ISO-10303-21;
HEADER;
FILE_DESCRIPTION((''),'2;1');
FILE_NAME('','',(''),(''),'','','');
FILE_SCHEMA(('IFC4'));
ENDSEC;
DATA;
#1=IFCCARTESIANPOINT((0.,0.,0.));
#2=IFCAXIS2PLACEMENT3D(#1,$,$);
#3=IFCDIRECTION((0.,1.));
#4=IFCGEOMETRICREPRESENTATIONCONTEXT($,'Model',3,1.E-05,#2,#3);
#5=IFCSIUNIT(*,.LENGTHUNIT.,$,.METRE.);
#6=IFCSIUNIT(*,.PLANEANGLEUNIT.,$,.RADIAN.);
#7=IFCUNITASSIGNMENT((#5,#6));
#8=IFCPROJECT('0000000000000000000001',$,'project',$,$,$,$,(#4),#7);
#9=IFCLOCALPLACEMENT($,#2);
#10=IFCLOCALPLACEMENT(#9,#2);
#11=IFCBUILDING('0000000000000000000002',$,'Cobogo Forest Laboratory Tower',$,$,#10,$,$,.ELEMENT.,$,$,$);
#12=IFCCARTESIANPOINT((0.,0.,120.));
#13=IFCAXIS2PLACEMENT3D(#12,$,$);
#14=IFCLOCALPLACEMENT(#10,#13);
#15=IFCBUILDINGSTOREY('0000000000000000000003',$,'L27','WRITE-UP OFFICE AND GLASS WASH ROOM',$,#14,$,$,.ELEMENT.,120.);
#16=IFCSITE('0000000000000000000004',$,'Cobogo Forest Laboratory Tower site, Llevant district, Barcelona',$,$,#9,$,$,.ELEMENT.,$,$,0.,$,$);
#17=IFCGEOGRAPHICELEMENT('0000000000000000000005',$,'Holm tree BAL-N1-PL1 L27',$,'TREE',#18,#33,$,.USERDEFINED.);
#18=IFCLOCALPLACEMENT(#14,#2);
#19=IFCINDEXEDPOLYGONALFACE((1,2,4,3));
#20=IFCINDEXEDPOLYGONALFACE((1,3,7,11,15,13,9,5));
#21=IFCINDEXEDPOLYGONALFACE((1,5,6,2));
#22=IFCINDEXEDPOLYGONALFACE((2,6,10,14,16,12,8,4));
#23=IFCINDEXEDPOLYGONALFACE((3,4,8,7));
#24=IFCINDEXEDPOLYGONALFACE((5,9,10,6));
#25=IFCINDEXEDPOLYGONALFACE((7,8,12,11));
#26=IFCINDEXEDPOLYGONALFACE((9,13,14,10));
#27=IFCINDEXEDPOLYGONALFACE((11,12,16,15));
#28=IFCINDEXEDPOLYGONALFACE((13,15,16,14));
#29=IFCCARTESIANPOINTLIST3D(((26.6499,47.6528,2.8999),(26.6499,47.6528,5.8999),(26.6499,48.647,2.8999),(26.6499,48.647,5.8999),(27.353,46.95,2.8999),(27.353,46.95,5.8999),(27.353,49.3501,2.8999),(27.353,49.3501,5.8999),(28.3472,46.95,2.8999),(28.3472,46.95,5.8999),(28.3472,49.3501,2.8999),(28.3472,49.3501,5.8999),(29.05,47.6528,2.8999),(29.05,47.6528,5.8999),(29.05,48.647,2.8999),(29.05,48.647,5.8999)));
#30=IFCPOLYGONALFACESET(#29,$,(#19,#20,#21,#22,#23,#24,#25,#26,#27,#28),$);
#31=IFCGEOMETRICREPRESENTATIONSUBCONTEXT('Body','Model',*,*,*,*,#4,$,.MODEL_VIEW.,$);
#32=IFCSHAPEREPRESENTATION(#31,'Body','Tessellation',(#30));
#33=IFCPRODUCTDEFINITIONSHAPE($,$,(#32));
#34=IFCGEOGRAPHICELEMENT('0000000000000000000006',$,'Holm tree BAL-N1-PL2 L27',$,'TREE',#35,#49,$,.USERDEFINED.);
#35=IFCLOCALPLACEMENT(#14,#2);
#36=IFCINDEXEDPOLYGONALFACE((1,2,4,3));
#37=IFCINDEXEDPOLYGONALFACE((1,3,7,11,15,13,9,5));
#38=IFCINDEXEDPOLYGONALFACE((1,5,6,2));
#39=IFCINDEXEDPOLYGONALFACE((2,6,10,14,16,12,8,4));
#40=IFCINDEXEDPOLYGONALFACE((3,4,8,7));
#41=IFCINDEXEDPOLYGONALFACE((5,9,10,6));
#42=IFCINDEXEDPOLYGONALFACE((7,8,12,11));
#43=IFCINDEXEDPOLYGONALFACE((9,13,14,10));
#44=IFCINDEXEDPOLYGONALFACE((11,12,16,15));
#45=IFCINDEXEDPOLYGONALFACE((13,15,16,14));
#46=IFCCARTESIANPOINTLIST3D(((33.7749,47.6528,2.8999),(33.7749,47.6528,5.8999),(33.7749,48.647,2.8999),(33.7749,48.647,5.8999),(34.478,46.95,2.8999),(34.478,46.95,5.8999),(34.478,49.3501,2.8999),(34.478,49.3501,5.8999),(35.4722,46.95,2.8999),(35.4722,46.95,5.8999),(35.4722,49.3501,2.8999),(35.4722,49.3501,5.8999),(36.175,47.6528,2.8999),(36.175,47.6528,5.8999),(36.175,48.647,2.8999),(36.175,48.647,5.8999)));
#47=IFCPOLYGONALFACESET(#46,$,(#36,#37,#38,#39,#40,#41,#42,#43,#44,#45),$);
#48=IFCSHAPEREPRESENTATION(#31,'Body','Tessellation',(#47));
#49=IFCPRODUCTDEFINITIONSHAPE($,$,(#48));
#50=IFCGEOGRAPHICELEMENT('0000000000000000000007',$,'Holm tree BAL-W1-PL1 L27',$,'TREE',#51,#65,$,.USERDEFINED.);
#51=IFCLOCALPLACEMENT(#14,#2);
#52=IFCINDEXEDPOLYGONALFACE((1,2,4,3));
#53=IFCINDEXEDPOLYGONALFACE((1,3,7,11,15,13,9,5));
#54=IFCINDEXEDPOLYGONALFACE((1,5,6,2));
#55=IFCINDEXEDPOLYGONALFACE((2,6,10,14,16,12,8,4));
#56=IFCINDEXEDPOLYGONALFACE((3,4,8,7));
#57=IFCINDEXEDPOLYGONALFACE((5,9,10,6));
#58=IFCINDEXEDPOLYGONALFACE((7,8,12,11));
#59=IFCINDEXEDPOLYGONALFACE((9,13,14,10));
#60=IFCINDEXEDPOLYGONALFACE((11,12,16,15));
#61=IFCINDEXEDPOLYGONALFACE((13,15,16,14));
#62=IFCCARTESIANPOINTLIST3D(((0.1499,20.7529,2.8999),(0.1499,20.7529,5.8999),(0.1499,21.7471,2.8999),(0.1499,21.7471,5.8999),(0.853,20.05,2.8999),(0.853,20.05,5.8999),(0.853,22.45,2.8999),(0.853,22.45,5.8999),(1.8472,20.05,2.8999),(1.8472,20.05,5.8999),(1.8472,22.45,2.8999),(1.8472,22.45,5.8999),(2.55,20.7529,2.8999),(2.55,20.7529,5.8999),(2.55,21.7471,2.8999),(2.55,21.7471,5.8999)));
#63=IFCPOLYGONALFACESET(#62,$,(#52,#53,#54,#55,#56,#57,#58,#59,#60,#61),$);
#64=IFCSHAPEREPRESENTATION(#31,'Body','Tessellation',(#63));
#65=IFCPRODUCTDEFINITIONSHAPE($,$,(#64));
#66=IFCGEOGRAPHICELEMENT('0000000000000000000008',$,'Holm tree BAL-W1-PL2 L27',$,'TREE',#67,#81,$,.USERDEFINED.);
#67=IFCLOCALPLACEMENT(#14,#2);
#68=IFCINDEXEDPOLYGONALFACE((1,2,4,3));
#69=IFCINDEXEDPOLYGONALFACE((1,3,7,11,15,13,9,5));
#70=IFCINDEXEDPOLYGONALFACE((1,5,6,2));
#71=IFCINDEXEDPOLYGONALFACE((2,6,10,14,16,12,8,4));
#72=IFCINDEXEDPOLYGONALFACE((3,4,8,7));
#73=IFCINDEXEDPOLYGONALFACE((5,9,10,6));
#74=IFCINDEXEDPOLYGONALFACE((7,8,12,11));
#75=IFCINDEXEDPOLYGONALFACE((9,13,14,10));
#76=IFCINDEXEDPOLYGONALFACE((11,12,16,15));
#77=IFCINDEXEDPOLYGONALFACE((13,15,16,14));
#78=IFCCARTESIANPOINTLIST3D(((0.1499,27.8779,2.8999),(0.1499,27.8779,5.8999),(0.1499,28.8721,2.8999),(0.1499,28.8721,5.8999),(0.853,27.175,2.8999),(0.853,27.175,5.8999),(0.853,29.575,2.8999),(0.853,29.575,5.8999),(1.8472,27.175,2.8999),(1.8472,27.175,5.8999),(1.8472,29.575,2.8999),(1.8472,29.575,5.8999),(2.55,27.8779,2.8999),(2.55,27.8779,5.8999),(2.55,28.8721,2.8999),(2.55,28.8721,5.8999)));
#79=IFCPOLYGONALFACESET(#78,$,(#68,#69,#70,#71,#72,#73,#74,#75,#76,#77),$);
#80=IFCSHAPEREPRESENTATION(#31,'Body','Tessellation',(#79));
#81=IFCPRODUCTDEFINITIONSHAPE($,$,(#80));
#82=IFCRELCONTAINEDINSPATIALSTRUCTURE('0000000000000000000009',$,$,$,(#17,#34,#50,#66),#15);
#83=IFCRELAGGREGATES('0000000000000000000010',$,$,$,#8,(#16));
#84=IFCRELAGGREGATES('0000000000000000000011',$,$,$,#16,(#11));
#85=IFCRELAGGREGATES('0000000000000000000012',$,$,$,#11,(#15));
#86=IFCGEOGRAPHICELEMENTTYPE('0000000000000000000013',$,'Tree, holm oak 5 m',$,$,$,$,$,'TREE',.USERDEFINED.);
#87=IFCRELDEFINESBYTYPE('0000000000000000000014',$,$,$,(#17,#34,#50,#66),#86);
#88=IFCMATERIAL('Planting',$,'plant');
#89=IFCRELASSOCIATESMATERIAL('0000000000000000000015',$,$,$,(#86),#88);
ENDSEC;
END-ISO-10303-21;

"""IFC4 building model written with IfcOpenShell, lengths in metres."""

from ifc_helpers import new_model, si_unit, direction, frame, origin, place, context, subcontext, project, spatial, polyline, outline, extrude, material, type_object, element, save


model = new_model("IFC4")

# Units and contexts
model_context = context("Model", 3, precision=1e-05, world=origin(), true_north=direction((0.0, 1.0)))
body_context = subcontext(model_context, "Body", "Model", "MODEL_VIEW")
ifc_project = project(units=[si_unit("LENGTHUNIT", "METRE"), si_unit("PLANEANGLEUNIT", "RADIAN")], contexts=[model_context])

# Site, building, storey
site_placement = place(None, origin())
site = spatial("IfcSite", under=ifc_project, at=site_placement, Name="Cobogo Forest Laboratory Tower site, Llevant district, Barcelona", CompositionType="ELEMENT", RefElevation=0.0)
building_placement = place(site_placement, origin())
building = spatial("IfcBuilding", under=site, at=building_placement, Name="Cobogo Forest Laboratory Tower", CompositionType="ELEMENT")
storey_placement = place(building_placement, frame((0.0, 0.0, 120.0)))
storey = spatial("IfcBuildingStorey", under=building, at=storey_placement, Name="L27", Description="WRITE-UP OFFICE AND GLASS WASH ROOM", CompositionType="ELEMENT", Elevation=120.0)

# Geographic elements
ifc_material_1 = material(Name="Planting", Category="plant")
geographic_element_type = type_object("IfcGeographicElementType", Name="Tree, holm oak 5 m", ElementType="TREE", PredefinedType="USERDEFINED", material=ifc_material_1)
geographic_element_1_placement = place(storey_placement, frame((0.0, 0.0, 2.8999)))
element("IfcGeographicElement", 1, at=geographic_element_1_placement, inside=storey, type_object=geographic_element_type, Name="Holm tree BAL-N1-PL1 L27", ObjectType="TREE", PredefinedType="USERDEFINED", context=body_context, shape_type="SweptSolid", body=[
    extrude(outline(polyline([(29.05, 47.6528), (29.05, 48.647), (28.3472, 49.3501), (27.353, 49.3501), (26.6499, 48.647), (26.6499, 47.6528), (27.353, 46.95), (28.3472, 46.95), (29.05, 47.6528)])), origin(), (0.0, 0.0, 1.0), 3.0),
])
geographic_element_2_placement = place(storey_placement, frame((0.0, 0.0, 2.8999)))
element("IfcGeographicElement", 2, at=geographic_element_2_placement, inside=storey, type_object=geographic_element_type, Name="Holm tree BAL-N1-PL2 L27", ObjectType="TREE", PredefinedType="USERDEFINED", context=body_context, shape_type="SweptSolid", body=[
    extrude(outline(polyline([(36.175, 47.6528), (36.175, 48.647), (35.4722, 49.3501), (34.478, 49.3501), (33.7749, 48.647), (33.7749, 47.6528), (34.478, 46.95), (35.4722, 46.95), (36.175, 47.6528)])), origin(), (0.0, 0.0, 1.0), 3.0),
])
geographic_element_3_placement = place(storey_placement, frame((0.0, 0.0, 2.8999)))
element("IfcGeographicElement", 3, at=geographic_element_3_placement, inside=storey, type_object=geographic_element_type, Name="Holm tree BAL-W1-PL1 L27", ObjectType="TREE", PredefinedType="USERDEFINED", context=body_context, shape_type="SweptSolid", body=[
    extrude(outline(polyline([(2.55, 20.7529), (2.55, 21.7471), (1.8472, 22.45), (0.853, 22.45), (0.1499, 21.7471), (0.1499, 20.7529), (0.853, 20.05), (1.8472, 20.05), (2.55, 20.7529)])), origin(), (0.0, 0.0, 1.0), 3.0),
])
geographic_element_4_placement = place(storey_placement, frame((0.0, 0.0, 2.8999)))
element("IfcGeographicElement", 4, at=geographic_element_4_placement, inside=storey, type_object=geographic_element_type, Name="Holm tree BAL-W1-PL2 L27", ObjectType="TREE", PredefinedType="USERDEFINED", context=body_context, shape_type="SweptSolid", body=[
    extrude(outline(polyline([(2.55, 27.8779), (2.55, 28.8721), (1.8472, 29.575), (0.853, 29.575), (0.1499, 28.8721), (0.1499, 27.8779), (0.853, 27.175), (1.8472, 27.175), (2.55, 27.8779)])), origin(), (0.0, 0.0, 1.0), 3.0),
])

save(model, "model.ifc")
